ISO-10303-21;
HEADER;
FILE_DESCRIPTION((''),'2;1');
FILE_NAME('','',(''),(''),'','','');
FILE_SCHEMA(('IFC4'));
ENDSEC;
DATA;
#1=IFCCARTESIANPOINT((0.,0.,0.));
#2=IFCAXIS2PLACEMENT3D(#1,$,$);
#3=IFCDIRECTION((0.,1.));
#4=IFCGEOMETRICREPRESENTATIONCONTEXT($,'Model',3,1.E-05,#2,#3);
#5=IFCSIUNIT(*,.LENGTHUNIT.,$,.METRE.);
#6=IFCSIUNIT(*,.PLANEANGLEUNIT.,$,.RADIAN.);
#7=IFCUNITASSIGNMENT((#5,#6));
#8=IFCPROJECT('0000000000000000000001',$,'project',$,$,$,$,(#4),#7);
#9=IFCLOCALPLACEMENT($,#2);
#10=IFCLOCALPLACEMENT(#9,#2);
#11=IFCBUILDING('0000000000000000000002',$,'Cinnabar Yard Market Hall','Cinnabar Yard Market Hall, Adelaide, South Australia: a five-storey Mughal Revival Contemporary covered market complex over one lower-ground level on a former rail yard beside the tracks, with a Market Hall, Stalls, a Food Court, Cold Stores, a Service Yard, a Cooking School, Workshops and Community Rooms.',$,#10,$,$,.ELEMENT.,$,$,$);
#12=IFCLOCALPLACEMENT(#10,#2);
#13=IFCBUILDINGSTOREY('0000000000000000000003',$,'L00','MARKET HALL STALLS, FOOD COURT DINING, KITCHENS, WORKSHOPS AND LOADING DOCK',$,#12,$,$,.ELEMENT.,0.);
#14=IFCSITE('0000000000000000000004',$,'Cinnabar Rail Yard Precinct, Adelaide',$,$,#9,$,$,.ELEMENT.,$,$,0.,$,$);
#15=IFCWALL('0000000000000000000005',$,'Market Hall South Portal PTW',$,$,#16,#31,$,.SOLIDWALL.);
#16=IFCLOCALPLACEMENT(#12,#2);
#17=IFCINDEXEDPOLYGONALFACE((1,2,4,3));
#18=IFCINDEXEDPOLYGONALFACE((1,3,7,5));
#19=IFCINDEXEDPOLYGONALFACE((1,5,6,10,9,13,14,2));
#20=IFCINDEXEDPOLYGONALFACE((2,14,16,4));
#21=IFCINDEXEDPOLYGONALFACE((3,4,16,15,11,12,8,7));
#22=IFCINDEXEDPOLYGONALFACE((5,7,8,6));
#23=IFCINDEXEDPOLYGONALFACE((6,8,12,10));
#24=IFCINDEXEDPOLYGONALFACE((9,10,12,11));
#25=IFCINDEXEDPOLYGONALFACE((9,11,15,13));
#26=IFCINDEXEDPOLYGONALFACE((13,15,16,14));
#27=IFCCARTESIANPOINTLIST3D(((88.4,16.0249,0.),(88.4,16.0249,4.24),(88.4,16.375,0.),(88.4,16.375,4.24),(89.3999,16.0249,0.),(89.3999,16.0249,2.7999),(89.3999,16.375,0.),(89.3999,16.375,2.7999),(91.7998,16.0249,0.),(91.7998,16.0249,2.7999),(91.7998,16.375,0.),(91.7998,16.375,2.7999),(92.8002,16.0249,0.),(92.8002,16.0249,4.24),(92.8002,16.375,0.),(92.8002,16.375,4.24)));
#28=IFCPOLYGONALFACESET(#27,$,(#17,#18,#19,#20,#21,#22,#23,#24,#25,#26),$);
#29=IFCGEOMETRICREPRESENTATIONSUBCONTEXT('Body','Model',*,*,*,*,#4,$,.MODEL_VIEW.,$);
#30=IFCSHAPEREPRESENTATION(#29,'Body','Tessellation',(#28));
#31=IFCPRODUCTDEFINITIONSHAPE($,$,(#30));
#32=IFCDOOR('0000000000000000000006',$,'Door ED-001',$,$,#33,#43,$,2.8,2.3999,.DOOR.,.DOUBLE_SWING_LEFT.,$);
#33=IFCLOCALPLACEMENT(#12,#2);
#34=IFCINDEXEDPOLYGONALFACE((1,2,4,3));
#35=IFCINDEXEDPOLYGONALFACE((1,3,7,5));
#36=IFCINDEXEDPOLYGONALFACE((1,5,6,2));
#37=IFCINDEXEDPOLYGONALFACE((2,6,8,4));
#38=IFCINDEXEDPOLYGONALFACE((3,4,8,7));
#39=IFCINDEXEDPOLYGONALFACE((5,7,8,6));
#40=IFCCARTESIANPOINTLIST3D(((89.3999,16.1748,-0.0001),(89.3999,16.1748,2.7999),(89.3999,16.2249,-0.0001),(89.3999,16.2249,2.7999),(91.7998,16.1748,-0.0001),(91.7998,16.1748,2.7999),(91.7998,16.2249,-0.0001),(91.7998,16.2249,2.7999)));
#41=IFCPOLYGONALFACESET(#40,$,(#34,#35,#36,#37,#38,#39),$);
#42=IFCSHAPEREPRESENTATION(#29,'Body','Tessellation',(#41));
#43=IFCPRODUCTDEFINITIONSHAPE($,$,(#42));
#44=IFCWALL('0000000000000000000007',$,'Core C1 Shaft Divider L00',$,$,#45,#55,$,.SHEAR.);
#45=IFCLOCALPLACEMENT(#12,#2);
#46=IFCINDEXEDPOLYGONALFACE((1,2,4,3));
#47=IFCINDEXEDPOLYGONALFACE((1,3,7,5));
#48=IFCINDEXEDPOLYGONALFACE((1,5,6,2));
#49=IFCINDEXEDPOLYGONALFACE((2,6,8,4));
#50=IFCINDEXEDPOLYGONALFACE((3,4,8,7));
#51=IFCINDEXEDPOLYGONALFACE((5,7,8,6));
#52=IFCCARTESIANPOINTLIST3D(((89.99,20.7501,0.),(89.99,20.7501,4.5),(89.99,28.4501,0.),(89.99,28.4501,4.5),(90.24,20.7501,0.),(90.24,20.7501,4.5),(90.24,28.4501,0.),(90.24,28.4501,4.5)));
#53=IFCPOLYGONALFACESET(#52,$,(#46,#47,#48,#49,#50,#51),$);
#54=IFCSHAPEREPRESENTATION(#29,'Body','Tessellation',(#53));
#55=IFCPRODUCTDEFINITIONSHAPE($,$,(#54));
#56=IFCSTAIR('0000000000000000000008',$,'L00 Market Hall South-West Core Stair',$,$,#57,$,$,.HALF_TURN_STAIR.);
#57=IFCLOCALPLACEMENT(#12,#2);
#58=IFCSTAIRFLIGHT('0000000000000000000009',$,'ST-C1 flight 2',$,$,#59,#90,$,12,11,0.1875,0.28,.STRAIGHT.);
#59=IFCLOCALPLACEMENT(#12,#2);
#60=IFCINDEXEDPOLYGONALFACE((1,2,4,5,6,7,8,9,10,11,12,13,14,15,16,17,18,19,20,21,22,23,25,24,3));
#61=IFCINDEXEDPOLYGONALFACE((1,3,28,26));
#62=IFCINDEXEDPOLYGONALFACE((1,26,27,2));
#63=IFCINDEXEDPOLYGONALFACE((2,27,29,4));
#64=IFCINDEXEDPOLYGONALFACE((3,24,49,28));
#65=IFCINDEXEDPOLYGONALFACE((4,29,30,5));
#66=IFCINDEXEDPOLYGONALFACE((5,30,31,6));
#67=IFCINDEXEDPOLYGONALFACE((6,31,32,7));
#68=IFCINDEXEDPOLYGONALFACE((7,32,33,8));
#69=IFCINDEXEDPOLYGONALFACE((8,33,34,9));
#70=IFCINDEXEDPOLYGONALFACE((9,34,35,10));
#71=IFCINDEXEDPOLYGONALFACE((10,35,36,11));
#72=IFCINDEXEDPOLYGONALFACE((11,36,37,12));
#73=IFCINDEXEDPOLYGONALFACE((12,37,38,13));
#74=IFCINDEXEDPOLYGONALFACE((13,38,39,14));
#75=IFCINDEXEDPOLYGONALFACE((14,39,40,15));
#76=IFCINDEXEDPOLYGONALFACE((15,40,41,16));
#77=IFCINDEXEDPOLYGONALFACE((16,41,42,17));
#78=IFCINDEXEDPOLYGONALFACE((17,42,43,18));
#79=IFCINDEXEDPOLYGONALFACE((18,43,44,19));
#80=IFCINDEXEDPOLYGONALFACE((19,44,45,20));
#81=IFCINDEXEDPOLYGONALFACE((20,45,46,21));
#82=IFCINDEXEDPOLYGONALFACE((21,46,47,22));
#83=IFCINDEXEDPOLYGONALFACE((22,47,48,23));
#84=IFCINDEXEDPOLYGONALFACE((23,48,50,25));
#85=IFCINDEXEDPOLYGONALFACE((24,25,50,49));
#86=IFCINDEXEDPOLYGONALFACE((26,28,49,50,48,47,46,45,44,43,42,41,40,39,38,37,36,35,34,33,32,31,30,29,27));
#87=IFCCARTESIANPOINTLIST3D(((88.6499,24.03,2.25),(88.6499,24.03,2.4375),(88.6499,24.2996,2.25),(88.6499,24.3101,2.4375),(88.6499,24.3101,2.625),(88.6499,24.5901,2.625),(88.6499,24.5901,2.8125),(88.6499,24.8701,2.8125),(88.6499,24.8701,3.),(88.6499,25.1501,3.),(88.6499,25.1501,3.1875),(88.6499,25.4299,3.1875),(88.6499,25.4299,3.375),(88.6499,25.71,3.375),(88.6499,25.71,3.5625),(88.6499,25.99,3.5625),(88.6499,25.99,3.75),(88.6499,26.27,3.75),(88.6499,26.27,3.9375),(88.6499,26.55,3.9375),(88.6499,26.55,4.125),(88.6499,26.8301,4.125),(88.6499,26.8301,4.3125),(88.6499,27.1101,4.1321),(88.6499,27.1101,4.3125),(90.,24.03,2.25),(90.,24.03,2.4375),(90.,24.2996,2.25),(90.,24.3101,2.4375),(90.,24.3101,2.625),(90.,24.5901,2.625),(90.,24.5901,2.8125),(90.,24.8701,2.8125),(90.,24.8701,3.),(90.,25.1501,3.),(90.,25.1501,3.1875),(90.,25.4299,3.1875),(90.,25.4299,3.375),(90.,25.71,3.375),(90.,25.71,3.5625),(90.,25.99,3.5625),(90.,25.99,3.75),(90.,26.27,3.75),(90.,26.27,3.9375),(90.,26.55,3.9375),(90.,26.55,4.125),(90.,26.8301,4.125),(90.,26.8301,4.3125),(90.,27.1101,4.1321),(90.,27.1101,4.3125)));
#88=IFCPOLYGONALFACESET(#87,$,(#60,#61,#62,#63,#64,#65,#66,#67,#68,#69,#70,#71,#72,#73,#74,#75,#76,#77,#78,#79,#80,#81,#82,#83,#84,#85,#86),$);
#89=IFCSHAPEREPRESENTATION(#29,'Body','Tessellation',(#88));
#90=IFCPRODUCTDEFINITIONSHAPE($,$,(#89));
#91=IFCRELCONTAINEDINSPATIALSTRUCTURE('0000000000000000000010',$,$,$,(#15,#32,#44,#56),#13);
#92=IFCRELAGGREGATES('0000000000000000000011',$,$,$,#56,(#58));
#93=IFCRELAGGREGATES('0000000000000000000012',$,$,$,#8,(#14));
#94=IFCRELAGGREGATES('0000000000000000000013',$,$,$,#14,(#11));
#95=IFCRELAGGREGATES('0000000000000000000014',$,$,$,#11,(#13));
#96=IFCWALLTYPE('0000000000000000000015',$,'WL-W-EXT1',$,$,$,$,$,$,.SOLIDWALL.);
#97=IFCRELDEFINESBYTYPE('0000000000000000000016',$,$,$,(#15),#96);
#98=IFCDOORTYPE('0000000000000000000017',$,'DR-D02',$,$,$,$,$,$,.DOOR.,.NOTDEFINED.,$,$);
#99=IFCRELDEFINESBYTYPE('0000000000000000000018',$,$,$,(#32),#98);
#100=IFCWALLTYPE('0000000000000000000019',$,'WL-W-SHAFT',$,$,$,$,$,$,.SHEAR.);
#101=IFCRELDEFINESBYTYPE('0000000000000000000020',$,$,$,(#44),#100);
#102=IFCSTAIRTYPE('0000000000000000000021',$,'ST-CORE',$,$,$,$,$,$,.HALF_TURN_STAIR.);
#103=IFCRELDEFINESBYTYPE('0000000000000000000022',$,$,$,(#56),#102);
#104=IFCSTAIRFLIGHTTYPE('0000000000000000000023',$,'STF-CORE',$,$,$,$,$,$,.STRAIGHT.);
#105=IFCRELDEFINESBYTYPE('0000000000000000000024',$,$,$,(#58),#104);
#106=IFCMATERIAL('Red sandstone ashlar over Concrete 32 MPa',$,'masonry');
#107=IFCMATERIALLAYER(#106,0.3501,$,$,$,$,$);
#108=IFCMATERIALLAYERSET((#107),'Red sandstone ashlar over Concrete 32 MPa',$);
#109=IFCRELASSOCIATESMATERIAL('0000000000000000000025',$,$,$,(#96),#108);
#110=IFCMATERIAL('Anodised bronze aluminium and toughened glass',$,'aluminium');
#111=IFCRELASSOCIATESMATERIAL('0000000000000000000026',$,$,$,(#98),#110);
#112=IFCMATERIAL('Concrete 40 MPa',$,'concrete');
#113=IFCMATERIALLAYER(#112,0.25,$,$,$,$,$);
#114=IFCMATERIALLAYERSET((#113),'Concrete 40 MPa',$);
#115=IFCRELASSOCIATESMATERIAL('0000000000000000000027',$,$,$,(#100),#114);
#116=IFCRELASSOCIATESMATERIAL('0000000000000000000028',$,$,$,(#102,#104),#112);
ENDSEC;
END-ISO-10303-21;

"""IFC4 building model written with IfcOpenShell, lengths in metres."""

from ifc_helpers import new_model, si_unit, direction, frame, frame_2d, origin, place, context, subcontext, project, spatial, polyline, rectangle, outline, extrude, material, layer, layer_set, type_object, element, fill, aggregate, save


model = new_model("IFC4")

# Units and contexts
model_context = context("Model", 3, precision=1e-05, world=origin(), true_north=direction((0.0, 1.0)))
body_context = subcontext(model_context, "Body", "Model", "MODEL_VIEW")
ifc_project = project(units=[si_unit("LENGTHUNIT", "METRE"), si_unit("PLANEANGLEUNIT", "RADIAN")], contexts=[model_context])

# Site, building, storey
site_placement = place(None, origin())
site = spatial("IfcSite", under=ifc_project, at=site_placement, Name="Cinnabar Rail Yard Precinct, Adelaide", CompositionType="ELEMENT", RefElevation=0.0)
building_placement = place(site_placement, origin())
building = spatial("IfcBuilding", under=site, at=building_placement, Name="Cinnabar Yard Market Hall", Description="Cinnabar Yard Market Hall, Adelaide, South Australia: a five-storey Mughal Revival Contemporary covered market complex over one lower-ground level on a former rail yard beside the tracks, with a Market Hall, Stalls, a Food Court, Cold Stores, a Service Yard, a Cooking School, Workshops and Community Rooms.", CompositionType="ELEMENT")
storey_placement = place(building_placement, origin())
storey = spatial("IfcBuildingStorey", under=building, at=storey_placement, Name="L00", Description="MARKET HALL STALLS, FOOD COURT DINING, KITCHENS, WORKSHOPS AND LOADING DOCK", CompositionType="ELEMENT", Elevation=0.0)

# Shared definitions
ifc_material_1 = material(Name="Concrete 40 MPa", Category="concrete")

# Wall, opening, door
ifc_material_2 = material(Name="Red sandstone ashlar over Concrete 32 MPa", Category="masonry")
ifc_layer_1 = layer(ifc_material_2, 0.3501)
ifc_layer_set_1 = layer_set([ifc_layer_1], Name="Red sandstone ashlar over Concrete 32 MPa")
wall_type_1 = type_object("IfcWallType", Name="WL-W-EXT1", PredefinedType="SOLIDWALL", material=ifc_layer_set_1)
wall_1_placement = place(storey_placement, frame((88.3999, 16.2, 0.0), z_axis=(0.0, 0.0, 1.0), x_axis=(1.0, 0.0, 0.0)))
wall_1 = element("IfcWall", 1, at=wall_1_placement, inside=storey, type_object=wall_type_1, Name="Market Hall South Portal PTW", PredefinedType="SOLIDWALL", context=body_context, shape_type="SweptSolid", body=[
    extrude(rectangle(XDim=4.4001, YDim=0.3501, at=frame_2d((2.2002, 0.0), x_axis=(1.0, 0.0))), origin(), (0.0, 0.0, 1.0), 4.24),
])
opening_placement = place(wall_1_placement, frame((1.0, 0.0, 0.0)))
opening = element("IfcOpeningElement", 2, at=opening_placement, cuts=wall_1, PredefinedType="OPENING", context=body_context, shape_type="SweptSolid", body=[
    extrude(rectangle(XDim=2.3999, YDim=2.8, at=frame_2d((1.2, 1.3999), x_axis=(1.0, 0.0))), frame((0.0, 0.1851, 0.0), z_axis=(0.0, -1.0, 0.0), x_axis=(1.0, 0.0, 0.0)), (0.0, 0.0, 1.0), 0.3701),
])
ifc_material_3 = material(Name="Anodised bronze aluminium and toughened glass", Category="aluminium")
door_type = type_object("IfcDoorType", Name="DR-D02", OperationType="NOTDEFINED", PredefinedType="DOOR", material=ifc_material_3)
door_placement = place(opening_placement, origin())
door = element("IfcDoor", 3, at=door_placement, inside=storey, type_object=door_type, Name="Door ED-001", OperationType="DOUBLE_SWING_LEFT", OverallHeight=2.8, OverallWidth=2.3999, PredefinedType="DOOR", context=body_context, shape_type="SweptSolid", body=[
    extrude(rectangle(XDim=2.3999, YDim=2.8, at=frame_2d((1.2, 1.3999), x_axis=(1.0, 0.0))), frame((0.0, 0.0249, 0.0), z_axis=(0.0, -1.0, 0.0), x_axis=(1.0, 0.0, 0.0)), (0.0, 0.0, 1.0), 0.05),
])
fill(opening, door)

# Wall
ifc_layer_2 = layer(ifc_material_1, 0.25)
ifc_layer_set_2 = layer_set([ifc_layer_2], Name="Concrete 40 MPa")
wall_type_2 = type_object("IfcWallType", Name="WL-W-SHAFT", PredefinedType="SHEAR", material=ifc_layer_set_2)
wall_2_placement = place(storey_placement, frame((90.115, 20.75, 0.0), z_axis=(0.0, 0.0, 1.0), x_axis=(0.0, 1.0, 0.0)))
element("IfcWall", 4, at=wall_2_placement, inside=storey, type_object=wall_type_2, Name="Core C1 Shaft Divider L00", PredefinedType="SHEAR", context=body_context, shape_type="SweptSolid", body=[
    extrude(rectangle(XDim=7.7, YDim=0.25, at=frame_2d((3.8501, 0.0), x_axis=(1.0, 0.0))), origin(), (0.0, 0.0, 1.0), 4.5),
])

# Stair, stair flight
stair_type = type_object("IfcStairType", Name="ST-CORE", PredefinedType="HALF_TURN_STAIR", material=ifc_material_1)
stair_placement = place(storey_placement, origin())
stair = element("IfcStair", 5, at=stair_placement, inside=storey, type_object=stair_type, Name="L00 Market Hall South-West Core Stair", PredefinedType="HALF_TURN_STAIR")
stair_flight_type = type_object("IfcStairFlightType", Name="STF-CORE", PredefinedType="STRAIGHT", material=ifc_material_1)
stair_flight_placement = place(storey_placement, frame((89.325, 24.03, 2.25), z_axis=(0.0, 0.0, 1.0), x_axis=(0.0, 1.0, 0.0)))
stair_flight = element("IfcStairFlight", 6, at=stair_flight_placement, type_object=stair_flight_type, Name="ST-C1 flight 2", NumberOfRisers=12, NumberOfTreads=11, PredefinedType="STRAIGHT", RiserHeight=0.1875, TreadLength=0.28, context=body_context, shape_type="SweptSolid", body=[
    extrude(outline(polyline([(0.0, 0.0), (0.0, 0.1875), (0.28, 0.1875), (0.28, 0.375), (0.5601, 0.375), (0.5601, 0.5625), (0.8401, 0.5625), (0.8401, 0.75), (1.1201, 0.75), (1.1201, 0.9375), (1.3999, 0.9375), (1.3999, 1.125), (1.6799, 1.125), (1.6799, 1.3125), (1.96, 1.3125), (1.96, 1.5), (2.24, 1.5), (2.24, 1.6875), (2.52, 1.6875), (2.52, 1.875), (2.8, 1.875), (2.8, 2.0625), (3.0801, 2.0625), (3.0801, 2.25), (3.0801, 1.8821), (0.2695, 0.0), (0.0, 0.0)])), frame((0.0, 0.675, 0.0), z_axis=(0.0, -1.0, 0.0), x_axis=(1.0, 0.0, 0.0)), (0.0, 0.0, 1.0), 1.3501),
])
aggregate(stair, [stair_flight])

save(model, "model.ifc")
